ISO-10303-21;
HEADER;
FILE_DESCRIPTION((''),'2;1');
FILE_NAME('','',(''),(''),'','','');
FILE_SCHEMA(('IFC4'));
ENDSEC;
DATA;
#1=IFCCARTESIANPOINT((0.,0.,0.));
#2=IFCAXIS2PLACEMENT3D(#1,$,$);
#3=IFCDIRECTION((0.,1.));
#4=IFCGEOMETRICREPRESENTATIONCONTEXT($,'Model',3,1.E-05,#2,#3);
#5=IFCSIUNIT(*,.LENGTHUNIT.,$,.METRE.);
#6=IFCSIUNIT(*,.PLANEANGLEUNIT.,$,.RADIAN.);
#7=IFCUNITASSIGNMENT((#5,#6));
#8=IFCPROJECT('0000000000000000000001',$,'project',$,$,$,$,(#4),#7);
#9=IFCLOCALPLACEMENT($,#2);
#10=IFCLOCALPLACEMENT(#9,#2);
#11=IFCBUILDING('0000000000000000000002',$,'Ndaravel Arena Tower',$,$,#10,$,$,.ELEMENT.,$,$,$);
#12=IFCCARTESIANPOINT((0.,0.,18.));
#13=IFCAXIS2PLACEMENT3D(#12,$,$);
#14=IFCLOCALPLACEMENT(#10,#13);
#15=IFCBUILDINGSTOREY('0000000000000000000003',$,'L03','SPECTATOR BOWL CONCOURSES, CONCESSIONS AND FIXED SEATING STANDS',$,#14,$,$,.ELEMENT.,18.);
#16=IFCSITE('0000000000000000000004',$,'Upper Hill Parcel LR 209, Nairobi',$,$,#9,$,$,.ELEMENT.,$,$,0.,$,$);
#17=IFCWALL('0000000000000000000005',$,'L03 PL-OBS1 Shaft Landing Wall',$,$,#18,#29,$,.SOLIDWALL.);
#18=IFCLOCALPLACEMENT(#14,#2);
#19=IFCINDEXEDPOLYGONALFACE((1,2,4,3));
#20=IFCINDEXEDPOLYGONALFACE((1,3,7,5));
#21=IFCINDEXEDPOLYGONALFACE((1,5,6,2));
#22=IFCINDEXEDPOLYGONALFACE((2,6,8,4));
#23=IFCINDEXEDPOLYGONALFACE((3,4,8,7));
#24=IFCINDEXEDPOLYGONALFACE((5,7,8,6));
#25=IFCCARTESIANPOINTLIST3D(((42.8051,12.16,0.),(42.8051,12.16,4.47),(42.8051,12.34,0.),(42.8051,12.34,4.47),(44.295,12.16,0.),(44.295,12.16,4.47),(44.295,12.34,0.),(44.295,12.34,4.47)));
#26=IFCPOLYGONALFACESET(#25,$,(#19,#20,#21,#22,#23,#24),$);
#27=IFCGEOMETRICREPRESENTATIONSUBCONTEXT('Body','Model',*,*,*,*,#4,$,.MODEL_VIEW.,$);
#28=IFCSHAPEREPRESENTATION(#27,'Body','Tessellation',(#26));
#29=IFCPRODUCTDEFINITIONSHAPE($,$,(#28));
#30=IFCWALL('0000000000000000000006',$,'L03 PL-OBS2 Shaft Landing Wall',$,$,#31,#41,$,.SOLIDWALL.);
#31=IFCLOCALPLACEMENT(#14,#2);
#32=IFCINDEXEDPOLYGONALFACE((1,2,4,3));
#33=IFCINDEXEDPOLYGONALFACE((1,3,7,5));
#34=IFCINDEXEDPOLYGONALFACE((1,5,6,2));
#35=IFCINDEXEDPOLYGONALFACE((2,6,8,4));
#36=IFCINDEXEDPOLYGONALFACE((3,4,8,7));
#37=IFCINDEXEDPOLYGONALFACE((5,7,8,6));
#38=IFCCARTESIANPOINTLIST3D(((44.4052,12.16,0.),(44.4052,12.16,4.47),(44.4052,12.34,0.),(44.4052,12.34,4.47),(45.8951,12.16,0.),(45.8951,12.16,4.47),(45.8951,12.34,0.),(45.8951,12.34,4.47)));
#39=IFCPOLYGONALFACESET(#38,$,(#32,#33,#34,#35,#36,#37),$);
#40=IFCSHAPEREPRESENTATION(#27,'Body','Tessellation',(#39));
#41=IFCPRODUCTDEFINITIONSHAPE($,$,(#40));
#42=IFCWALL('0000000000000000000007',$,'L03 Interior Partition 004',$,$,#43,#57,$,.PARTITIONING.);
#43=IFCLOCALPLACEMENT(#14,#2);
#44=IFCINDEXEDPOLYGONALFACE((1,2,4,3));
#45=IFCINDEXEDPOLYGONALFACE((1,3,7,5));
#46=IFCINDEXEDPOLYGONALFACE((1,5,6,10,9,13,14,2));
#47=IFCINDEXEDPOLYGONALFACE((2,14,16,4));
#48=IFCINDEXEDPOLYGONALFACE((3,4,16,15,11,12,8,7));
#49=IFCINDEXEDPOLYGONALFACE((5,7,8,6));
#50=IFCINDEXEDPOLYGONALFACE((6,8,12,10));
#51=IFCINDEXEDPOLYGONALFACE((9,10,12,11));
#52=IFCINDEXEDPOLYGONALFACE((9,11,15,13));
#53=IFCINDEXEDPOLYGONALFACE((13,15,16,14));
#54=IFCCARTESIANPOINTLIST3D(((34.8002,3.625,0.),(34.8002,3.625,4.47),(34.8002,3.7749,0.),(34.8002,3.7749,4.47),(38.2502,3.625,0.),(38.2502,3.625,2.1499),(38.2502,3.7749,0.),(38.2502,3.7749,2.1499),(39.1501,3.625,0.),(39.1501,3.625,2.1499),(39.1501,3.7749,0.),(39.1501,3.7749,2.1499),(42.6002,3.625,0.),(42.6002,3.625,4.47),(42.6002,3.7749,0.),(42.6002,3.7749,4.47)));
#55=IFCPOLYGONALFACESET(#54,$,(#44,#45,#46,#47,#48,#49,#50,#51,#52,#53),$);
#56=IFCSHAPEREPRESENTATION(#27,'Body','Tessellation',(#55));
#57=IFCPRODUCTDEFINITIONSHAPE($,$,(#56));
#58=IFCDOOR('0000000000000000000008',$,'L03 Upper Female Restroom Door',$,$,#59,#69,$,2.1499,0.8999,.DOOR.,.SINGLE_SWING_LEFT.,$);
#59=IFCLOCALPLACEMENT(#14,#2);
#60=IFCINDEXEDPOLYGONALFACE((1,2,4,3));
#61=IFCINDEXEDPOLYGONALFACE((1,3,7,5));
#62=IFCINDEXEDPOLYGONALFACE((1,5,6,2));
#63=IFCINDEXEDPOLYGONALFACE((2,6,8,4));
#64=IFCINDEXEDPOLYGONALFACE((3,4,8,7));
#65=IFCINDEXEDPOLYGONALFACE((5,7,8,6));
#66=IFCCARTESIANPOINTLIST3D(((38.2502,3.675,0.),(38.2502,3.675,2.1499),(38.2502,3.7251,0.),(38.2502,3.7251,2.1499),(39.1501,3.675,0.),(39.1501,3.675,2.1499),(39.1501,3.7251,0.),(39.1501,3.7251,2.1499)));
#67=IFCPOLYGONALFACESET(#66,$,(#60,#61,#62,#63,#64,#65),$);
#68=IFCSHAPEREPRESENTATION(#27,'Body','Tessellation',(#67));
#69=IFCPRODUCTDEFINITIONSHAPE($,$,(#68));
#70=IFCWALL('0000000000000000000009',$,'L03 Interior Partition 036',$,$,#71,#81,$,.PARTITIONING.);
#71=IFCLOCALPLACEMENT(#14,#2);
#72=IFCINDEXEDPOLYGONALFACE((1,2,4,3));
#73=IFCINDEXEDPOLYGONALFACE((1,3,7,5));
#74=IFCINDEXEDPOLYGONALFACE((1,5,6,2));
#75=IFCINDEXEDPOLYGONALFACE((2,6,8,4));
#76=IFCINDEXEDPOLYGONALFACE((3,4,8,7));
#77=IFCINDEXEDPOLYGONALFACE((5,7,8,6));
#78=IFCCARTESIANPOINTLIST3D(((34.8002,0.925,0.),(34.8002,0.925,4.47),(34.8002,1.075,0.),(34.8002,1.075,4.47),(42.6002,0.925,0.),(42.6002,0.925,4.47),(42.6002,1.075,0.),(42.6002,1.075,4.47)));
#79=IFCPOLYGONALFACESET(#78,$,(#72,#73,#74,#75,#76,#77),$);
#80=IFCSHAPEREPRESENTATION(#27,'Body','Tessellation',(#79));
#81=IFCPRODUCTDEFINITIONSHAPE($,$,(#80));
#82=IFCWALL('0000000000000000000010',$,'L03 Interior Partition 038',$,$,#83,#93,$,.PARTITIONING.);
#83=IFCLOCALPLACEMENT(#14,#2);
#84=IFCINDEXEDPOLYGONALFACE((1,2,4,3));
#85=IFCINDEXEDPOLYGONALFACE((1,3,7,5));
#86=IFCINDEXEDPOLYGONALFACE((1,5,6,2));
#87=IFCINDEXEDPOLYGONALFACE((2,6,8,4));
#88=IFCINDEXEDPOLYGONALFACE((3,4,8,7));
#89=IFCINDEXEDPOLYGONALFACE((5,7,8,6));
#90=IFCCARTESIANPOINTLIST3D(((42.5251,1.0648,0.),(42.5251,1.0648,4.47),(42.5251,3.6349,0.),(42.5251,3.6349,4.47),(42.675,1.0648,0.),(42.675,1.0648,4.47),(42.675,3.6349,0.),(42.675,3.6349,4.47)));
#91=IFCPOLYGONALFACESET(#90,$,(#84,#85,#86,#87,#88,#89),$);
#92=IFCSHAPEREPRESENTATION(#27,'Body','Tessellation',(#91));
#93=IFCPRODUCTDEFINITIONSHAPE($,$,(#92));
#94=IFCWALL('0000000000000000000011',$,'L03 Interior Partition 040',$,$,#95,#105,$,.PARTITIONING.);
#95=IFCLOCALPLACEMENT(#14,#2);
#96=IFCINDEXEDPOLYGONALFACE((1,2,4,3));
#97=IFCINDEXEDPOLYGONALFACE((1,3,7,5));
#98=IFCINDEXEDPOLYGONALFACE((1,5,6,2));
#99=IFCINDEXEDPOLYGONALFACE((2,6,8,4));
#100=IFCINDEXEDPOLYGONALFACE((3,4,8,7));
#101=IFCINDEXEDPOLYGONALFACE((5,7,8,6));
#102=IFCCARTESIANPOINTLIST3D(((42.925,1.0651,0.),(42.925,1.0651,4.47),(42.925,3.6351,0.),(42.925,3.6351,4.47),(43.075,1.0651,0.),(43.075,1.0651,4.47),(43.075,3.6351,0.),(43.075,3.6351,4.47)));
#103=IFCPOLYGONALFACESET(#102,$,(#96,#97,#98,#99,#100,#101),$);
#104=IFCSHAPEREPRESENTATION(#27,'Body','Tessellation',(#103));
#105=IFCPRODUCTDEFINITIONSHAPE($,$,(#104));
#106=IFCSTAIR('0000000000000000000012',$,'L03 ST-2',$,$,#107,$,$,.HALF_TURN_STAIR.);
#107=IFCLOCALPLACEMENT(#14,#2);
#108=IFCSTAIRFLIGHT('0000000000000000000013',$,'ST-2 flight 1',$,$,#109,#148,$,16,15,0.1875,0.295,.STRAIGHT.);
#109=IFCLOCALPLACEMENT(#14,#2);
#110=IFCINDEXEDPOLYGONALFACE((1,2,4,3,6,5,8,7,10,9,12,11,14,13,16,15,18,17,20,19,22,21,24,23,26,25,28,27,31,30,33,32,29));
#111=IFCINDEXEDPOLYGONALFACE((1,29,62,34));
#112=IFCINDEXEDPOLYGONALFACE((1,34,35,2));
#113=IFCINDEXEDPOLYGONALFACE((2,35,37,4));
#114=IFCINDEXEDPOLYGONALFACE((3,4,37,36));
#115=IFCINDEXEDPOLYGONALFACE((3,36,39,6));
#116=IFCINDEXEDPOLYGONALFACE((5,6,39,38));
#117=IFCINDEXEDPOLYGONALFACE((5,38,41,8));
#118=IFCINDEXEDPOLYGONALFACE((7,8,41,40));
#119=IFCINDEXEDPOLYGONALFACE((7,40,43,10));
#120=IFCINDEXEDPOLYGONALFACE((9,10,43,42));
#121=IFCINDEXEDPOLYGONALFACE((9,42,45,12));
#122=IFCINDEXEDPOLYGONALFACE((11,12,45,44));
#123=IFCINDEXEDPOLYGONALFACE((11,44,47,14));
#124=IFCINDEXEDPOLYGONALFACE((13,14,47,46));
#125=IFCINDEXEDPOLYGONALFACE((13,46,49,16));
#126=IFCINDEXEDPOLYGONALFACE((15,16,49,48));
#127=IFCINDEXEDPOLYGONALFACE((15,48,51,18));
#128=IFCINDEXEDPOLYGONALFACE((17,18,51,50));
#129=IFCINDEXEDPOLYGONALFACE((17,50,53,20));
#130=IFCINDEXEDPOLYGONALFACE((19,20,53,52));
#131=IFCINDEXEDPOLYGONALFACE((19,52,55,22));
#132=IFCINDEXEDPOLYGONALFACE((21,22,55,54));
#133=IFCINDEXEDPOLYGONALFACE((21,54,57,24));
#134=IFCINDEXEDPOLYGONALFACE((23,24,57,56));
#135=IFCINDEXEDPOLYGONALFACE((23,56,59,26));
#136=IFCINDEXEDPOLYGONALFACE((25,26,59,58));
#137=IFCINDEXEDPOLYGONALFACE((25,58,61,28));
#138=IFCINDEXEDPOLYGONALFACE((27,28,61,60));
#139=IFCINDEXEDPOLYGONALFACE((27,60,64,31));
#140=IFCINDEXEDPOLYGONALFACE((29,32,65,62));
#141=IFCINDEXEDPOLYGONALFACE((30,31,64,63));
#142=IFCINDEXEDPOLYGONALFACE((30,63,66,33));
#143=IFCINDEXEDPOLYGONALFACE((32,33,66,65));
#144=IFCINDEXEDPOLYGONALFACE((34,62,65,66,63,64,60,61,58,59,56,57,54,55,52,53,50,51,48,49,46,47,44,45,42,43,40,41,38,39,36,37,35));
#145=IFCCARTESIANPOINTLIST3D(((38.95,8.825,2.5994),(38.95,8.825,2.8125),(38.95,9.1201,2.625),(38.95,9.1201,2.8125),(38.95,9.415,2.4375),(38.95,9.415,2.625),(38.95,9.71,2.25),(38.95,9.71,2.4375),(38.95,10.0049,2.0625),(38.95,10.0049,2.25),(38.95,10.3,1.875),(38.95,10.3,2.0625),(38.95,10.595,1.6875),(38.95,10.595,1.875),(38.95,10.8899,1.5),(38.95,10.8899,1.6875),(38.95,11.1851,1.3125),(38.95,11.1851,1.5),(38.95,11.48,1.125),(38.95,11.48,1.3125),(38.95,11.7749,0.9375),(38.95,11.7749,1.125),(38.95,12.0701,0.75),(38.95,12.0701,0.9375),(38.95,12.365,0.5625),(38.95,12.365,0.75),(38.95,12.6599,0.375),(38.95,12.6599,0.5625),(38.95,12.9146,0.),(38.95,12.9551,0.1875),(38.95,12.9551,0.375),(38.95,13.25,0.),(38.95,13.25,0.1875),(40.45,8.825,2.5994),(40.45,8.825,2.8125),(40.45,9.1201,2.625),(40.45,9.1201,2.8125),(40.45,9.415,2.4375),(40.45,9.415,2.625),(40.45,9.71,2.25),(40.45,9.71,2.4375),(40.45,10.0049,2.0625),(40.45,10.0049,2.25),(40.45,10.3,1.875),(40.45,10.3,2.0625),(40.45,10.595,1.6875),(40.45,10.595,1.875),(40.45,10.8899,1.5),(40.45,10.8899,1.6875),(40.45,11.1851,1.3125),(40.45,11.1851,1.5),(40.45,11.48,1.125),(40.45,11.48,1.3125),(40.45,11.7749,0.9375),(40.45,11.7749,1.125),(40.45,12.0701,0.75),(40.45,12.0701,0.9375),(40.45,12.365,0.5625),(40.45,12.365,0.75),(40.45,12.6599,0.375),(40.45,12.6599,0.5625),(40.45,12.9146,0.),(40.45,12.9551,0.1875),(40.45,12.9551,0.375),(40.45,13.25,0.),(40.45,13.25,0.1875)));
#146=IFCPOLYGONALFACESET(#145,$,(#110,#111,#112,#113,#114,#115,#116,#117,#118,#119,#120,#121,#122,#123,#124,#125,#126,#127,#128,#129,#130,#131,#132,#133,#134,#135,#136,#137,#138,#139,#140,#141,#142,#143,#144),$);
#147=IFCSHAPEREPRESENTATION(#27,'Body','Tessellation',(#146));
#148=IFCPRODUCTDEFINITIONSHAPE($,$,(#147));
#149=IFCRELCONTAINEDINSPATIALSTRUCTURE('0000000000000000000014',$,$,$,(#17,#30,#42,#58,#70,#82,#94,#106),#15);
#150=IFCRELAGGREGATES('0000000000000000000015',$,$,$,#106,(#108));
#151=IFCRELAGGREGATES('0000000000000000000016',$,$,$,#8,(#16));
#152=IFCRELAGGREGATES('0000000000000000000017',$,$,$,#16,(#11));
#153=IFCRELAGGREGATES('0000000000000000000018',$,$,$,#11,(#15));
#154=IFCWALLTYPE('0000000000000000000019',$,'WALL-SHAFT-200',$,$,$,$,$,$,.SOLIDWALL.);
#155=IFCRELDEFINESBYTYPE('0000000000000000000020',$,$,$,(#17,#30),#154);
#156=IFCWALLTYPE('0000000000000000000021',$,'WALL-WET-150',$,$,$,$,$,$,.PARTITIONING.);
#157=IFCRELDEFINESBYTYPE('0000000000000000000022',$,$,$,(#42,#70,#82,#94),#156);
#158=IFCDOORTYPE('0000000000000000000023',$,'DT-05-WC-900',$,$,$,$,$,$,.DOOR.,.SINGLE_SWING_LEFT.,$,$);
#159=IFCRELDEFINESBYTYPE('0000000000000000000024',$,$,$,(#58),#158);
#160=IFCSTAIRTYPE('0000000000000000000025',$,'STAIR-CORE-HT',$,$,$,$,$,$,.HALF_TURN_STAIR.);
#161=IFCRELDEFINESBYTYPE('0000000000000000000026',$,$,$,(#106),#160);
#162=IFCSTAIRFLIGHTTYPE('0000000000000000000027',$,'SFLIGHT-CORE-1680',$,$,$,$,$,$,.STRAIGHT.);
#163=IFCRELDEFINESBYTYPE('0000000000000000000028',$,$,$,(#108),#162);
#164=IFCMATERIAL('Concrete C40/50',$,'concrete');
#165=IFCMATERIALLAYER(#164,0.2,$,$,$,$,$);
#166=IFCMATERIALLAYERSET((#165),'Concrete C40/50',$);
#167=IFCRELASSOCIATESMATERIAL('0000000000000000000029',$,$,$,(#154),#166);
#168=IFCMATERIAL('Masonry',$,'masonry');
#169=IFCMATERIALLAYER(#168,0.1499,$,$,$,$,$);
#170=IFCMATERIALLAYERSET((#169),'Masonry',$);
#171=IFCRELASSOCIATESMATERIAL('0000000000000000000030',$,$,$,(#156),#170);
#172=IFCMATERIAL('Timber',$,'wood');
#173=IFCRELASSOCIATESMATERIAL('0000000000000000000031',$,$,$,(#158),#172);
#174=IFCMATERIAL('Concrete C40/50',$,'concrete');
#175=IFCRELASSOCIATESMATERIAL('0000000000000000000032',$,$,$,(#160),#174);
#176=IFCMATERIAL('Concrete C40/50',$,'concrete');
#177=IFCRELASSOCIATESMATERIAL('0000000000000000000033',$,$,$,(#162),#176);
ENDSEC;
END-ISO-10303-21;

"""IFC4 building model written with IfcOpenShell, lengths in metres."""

from ifc_helpers import new_model, si_unit, direction, frame, frame_2d, origin, place, context, subcontext, project, spatial, polyline, rectangle, outline, extrude, material, layer, layer_set, type_object, element, fill, aggregate, save


model = new_model("IFC4")

# Units and contexts
model_context = context("Model", 3, precision=1e-05, world=origin(), true_north=direction((0.0, 1.0)))
body_context = subcontext(model_context, "Body", "Model", "MODEL_VIEW")
ifc_project = project(units=[si_unit("LENGTHUNIT", "METRE"), si_unit("PLANEANGLEUNIT", "RADIAN")], contexts=[model_context])

# Site, building, storey
site_placement = place(None, origin())
site = spatial("IfcSite", under=ifc_project, at=site_placement, Name="Upper Hill Parcel LR 209, Nairobi", CompositionType="ELEMENT", RefElevation=0.0)
building_placement = place(site_placement, origin())
building = spatial("IfcBuilding", under=site, at=building_placement, Name="Ndaravel Arena Tower", CompositionType="ELEMENT")
storey_placement = place(building_placement, frame((0.0, 0.0, 18.0)))
storey = spatial("IfcBuildingStorey", under=building, at=storey_placement, Name="L03", Description="SPECTATOR BOWL CONCOURSES, CONCESSIONS AND FIXED SEATING STANDS", CompositionType="ELEMENT", Elevation=18.0)

# Walls
ifc_material_1 = material(Name="Concrete C40/50", Category="concrete")
ifc_layer_1 = layer(ifc_material_1, 0.2)
ifc_layer_set_1 = layer_set([ifc_layer_1], Name="Concrete C40/50")
wall_type_1 = type_object("IfcWallType", Name="WALL-SHAFT-200", PredefinedType="SOLIDWALL", material=ifc_layer_set_1)
for number, where, z_axis, x_axis, name in (
    (1, (42.8049, 12.25, 0.0), (0.0, 0.0, 1.0), (1.0, 0.0, 0.0), "L03 PL-OBS1 Shaft Landing Wall"),
    (2, (44.405, 12.25, 0.0), (0.0, 0.0, 1.0), (1.0, 0.0, 0.0), "L03 PL-OBS2 Shaft Landing Wall"),
):
    element("IfcWall", number, at=place(storey_placement, frame(where, z_axis=z_axis, x_axis=x_axis)), inside=storey, type_object=wall_type_1, Name=name, PredefinedType="SOLIDWALL", context=body_context, shape_type="SweptSolid", body=[
        extrude(rectangle(XDim=1.49, YDim=0.1799, at=frame_2d((0.7451, 0.0))), origin(), (0.0, 0.0, 1.0), 4.47),
    ])

# Wall, opening, door
ifc_material_2 = material(Name="Masonry", Category="masonry")
ifc_layer_2 = layer(ifc_material_2, 0.1499)
ifc_layer_set_2 = layer_set([ifc_layer_2], Name="Masonry")
wall_type_2 = type_object("IfcWallType", Name="WALL-WET-150", PredefinedType="PARTITIONING", material=ifc_layer_set_2)
wall_1_placement = place(storey_placement, frame((42.6001, 3.7, 0.0), z_axis=(0.0, 0.0, 1.0), x_axis=(-1.0, 0.0, 0.0)))
wall_1 = element("IfcWall", 3, at=wall_1_placement, inside=storey, type_object=wall_type_2, Name="L03 Interior Partition 004", PredefinedType="PARTITIONING", context=body_context, shape_type="SweptSolid", body=[
    extrude(rectangle(XDim=7.8, YDim=0.1499, at=frame_2d((3.8999, 0.0))), origin(), (0.0, 0.0, 1.0), 4.47),
])
opening_placement = place(wall_1_placement, frame((3.45, 0.0, 0.0)))
opening = element("IfcOpeningElement", 4, at=opening_placement, cuts=wall_1, PredefinedType="OPENING", context=body_context, shape_type="SweptSolid", body=[
    extrude(rectangle(XDim=0.8999, YDim=2.1499, at=frame_2d((0.45, 1.075))), frame((0.0, 0.075, 0.0), z_axis=(0.0, -1.0, 0.0), x_axis=(1.0, 0.0, 0.0)), (0.0, 0.0, 1.0), 0.1499),
])
ifc_material_3 = material(Name="Timber", Category="wood")
door_type = type_object("IfcDoorType", Name="DT-05-WC-900", OperationType="SINGLE_SWING_LEFT", PredefinedType="DOOR", material=ifc_material_3)
door_placement = place(opening_placement, origin())
door = element("IfcDoor", 5, at=door_placement, inside=storey, type_object=door_type, Name="L03 Upper Female Restroom Door", OperationType="SINGLE_SWING_LEFT", OverallHeight=2.1499, OverallWidth=0.8999, PredefinedType="DOOR", context=body_context, shape_type="SweptSolid", body=[
    extrude(rectangle(XDim=0.8999, YDim=2.1499, at=frame_2d((0.45, 1.075))), frame((0.0, 0.0249, 0.0), z_axis=(0.0, -1.0, 0.0), x_axis=(1.0, 0.0, 0.0)), (0.0, 0.0, 1.0), 0.05),
])
fill(opening, door)

# Walls
wall_2_placement = place(storey_placement, frame((42.6001, 1.0, 0.0), z_axis=(0.0, 0.0, 1.0), x_axis=(-1.0, 0.0, 0.0)))
element("IfcWall", 6, at=wall_2_placement, inside=storey, type_object=wall_type_2, Name="L03 Interior Partition 036", PredefinedType="PARTITIONING", context=body_context, shape_type="SweptSolid", body=[
    extrude(rectangle(XDim=7.8, YDim=0.1499, at=frame_2d((3.8999, 0.0))), origin(), (0.0, 0.0, 1.0), 4.47),
])
for number, where, z_axis, x_axis, name in (
    (7, (42.6001, 3.635, 0.0), (0.0, 0.0, 1.0), (0.0, -1.0, 0.0), "L03 Interior Partition 038"),
    (8, (43.0, 1.0649, 0.0), (0.0, 0.0, 1.0), (0.0, 1.0, 0.0), "L03 Interior Partition 040"),
):
    element("IfcWall", number, at=place(storey_placement, frame(where, z_axis=z_axis, x_axis=x_axis)), inside=storey, type_object=wall_type_2, Name=name, PredefinedType="PARTITIONING", context=body_context, shape_type="SweptSolid", body=[
        extrude(rectangle(XDim=2.5701, YDim=0.1499, at=frame_2d((1.2852, 0.0))), origin(), (0.0, 0.0, 1.0), 4.47),
    ])

# Stair, stair flight
ifc_material_4 = material(Name="Concrete C40/50", Category="concrete")
stair_type = type_object("IfcStairType", Name="STAIR-CORE-HT", PredefinedType="HALF_TURN_STAIR", material=ifc_material_4)
stair_placement = place(storey_placement, origin())
stair = element("IfcStair", 9, at=stair_placement, inside=storey, type_object=stair_type, Name="L03 ST-2", PredefinedType="HALF_TURN_STAIR")
ifc_material_5 = material(Name="Concrete C40/50", Category="concrete")
stair_flight_type = type_object("IfcStairFlightType", Name="SFLIGHT-CORE-1680", PredefinedType="STRAIGHT", material=ifc_material_5)
stair_flight_1_placement = place(storey_placement, frame((39.7, 13.25, 0.0), z_axis=(0.0, 0.0, 1.0), x_axis=(0.0, -1.0, 0.0)))
stair_flight_1 = element("IfcStairFlight", 10, at=stair_flight_1_placement, type_object=stair_flight_type, Name="ST-2 flight 1", NumberOfRisers=16, NumberOfTreads=15, PredefinedType="STRAIGHT", RiserHeight=0.1875, TreadLength=0.295, context=body_context, shape_type="SweptSolid", body=[
    extrude(outline(polyline([(0.0, 0.0), (0.0, 0.1875), (0.2949, 0.1875), (0.2949, 0.375), (0.5901, 0.375), (0.5901, 0.5625), (0.885, 0.5625), (0.885, 0.75), (1.1799, 0.75), (1.1799, 0.9375), (1.4751, 0.9375), (1.4751, 1.125), (1.77, 1.125), (1.77, 1.3125), (2.0649, 1.3125), (2.0649, 1.5), (2.3601, 1.5), (2.3601, 1.6875), (2.655, 1.6875), (2.655, 1.875), (2.95, 1.875), (2.95, 2.0625), (3.2451, 2.0625), (3.2451, 2.25), (3.54, 2.25), (3.54, 2.4375), (3.835, 2.4375), (3.835, 2.625), (4.1299, 2.625), (4.1299, 2.8125), (4.425, 2.8125), (4.425, 3.0), (4.425, 2.5994), (0.3354, 0.0), (0.0, 0.0)])), frame((0.0, 0.75, 0.0), z_axis=(0.0, -1.0, 0.0), x_axis=(1.0, 0.0, 0.0)), (0.0, 0.0, 1.0), 1.5),
])
aggregate(stair, [stair_flight_1])

save(model, "model.ifc")
